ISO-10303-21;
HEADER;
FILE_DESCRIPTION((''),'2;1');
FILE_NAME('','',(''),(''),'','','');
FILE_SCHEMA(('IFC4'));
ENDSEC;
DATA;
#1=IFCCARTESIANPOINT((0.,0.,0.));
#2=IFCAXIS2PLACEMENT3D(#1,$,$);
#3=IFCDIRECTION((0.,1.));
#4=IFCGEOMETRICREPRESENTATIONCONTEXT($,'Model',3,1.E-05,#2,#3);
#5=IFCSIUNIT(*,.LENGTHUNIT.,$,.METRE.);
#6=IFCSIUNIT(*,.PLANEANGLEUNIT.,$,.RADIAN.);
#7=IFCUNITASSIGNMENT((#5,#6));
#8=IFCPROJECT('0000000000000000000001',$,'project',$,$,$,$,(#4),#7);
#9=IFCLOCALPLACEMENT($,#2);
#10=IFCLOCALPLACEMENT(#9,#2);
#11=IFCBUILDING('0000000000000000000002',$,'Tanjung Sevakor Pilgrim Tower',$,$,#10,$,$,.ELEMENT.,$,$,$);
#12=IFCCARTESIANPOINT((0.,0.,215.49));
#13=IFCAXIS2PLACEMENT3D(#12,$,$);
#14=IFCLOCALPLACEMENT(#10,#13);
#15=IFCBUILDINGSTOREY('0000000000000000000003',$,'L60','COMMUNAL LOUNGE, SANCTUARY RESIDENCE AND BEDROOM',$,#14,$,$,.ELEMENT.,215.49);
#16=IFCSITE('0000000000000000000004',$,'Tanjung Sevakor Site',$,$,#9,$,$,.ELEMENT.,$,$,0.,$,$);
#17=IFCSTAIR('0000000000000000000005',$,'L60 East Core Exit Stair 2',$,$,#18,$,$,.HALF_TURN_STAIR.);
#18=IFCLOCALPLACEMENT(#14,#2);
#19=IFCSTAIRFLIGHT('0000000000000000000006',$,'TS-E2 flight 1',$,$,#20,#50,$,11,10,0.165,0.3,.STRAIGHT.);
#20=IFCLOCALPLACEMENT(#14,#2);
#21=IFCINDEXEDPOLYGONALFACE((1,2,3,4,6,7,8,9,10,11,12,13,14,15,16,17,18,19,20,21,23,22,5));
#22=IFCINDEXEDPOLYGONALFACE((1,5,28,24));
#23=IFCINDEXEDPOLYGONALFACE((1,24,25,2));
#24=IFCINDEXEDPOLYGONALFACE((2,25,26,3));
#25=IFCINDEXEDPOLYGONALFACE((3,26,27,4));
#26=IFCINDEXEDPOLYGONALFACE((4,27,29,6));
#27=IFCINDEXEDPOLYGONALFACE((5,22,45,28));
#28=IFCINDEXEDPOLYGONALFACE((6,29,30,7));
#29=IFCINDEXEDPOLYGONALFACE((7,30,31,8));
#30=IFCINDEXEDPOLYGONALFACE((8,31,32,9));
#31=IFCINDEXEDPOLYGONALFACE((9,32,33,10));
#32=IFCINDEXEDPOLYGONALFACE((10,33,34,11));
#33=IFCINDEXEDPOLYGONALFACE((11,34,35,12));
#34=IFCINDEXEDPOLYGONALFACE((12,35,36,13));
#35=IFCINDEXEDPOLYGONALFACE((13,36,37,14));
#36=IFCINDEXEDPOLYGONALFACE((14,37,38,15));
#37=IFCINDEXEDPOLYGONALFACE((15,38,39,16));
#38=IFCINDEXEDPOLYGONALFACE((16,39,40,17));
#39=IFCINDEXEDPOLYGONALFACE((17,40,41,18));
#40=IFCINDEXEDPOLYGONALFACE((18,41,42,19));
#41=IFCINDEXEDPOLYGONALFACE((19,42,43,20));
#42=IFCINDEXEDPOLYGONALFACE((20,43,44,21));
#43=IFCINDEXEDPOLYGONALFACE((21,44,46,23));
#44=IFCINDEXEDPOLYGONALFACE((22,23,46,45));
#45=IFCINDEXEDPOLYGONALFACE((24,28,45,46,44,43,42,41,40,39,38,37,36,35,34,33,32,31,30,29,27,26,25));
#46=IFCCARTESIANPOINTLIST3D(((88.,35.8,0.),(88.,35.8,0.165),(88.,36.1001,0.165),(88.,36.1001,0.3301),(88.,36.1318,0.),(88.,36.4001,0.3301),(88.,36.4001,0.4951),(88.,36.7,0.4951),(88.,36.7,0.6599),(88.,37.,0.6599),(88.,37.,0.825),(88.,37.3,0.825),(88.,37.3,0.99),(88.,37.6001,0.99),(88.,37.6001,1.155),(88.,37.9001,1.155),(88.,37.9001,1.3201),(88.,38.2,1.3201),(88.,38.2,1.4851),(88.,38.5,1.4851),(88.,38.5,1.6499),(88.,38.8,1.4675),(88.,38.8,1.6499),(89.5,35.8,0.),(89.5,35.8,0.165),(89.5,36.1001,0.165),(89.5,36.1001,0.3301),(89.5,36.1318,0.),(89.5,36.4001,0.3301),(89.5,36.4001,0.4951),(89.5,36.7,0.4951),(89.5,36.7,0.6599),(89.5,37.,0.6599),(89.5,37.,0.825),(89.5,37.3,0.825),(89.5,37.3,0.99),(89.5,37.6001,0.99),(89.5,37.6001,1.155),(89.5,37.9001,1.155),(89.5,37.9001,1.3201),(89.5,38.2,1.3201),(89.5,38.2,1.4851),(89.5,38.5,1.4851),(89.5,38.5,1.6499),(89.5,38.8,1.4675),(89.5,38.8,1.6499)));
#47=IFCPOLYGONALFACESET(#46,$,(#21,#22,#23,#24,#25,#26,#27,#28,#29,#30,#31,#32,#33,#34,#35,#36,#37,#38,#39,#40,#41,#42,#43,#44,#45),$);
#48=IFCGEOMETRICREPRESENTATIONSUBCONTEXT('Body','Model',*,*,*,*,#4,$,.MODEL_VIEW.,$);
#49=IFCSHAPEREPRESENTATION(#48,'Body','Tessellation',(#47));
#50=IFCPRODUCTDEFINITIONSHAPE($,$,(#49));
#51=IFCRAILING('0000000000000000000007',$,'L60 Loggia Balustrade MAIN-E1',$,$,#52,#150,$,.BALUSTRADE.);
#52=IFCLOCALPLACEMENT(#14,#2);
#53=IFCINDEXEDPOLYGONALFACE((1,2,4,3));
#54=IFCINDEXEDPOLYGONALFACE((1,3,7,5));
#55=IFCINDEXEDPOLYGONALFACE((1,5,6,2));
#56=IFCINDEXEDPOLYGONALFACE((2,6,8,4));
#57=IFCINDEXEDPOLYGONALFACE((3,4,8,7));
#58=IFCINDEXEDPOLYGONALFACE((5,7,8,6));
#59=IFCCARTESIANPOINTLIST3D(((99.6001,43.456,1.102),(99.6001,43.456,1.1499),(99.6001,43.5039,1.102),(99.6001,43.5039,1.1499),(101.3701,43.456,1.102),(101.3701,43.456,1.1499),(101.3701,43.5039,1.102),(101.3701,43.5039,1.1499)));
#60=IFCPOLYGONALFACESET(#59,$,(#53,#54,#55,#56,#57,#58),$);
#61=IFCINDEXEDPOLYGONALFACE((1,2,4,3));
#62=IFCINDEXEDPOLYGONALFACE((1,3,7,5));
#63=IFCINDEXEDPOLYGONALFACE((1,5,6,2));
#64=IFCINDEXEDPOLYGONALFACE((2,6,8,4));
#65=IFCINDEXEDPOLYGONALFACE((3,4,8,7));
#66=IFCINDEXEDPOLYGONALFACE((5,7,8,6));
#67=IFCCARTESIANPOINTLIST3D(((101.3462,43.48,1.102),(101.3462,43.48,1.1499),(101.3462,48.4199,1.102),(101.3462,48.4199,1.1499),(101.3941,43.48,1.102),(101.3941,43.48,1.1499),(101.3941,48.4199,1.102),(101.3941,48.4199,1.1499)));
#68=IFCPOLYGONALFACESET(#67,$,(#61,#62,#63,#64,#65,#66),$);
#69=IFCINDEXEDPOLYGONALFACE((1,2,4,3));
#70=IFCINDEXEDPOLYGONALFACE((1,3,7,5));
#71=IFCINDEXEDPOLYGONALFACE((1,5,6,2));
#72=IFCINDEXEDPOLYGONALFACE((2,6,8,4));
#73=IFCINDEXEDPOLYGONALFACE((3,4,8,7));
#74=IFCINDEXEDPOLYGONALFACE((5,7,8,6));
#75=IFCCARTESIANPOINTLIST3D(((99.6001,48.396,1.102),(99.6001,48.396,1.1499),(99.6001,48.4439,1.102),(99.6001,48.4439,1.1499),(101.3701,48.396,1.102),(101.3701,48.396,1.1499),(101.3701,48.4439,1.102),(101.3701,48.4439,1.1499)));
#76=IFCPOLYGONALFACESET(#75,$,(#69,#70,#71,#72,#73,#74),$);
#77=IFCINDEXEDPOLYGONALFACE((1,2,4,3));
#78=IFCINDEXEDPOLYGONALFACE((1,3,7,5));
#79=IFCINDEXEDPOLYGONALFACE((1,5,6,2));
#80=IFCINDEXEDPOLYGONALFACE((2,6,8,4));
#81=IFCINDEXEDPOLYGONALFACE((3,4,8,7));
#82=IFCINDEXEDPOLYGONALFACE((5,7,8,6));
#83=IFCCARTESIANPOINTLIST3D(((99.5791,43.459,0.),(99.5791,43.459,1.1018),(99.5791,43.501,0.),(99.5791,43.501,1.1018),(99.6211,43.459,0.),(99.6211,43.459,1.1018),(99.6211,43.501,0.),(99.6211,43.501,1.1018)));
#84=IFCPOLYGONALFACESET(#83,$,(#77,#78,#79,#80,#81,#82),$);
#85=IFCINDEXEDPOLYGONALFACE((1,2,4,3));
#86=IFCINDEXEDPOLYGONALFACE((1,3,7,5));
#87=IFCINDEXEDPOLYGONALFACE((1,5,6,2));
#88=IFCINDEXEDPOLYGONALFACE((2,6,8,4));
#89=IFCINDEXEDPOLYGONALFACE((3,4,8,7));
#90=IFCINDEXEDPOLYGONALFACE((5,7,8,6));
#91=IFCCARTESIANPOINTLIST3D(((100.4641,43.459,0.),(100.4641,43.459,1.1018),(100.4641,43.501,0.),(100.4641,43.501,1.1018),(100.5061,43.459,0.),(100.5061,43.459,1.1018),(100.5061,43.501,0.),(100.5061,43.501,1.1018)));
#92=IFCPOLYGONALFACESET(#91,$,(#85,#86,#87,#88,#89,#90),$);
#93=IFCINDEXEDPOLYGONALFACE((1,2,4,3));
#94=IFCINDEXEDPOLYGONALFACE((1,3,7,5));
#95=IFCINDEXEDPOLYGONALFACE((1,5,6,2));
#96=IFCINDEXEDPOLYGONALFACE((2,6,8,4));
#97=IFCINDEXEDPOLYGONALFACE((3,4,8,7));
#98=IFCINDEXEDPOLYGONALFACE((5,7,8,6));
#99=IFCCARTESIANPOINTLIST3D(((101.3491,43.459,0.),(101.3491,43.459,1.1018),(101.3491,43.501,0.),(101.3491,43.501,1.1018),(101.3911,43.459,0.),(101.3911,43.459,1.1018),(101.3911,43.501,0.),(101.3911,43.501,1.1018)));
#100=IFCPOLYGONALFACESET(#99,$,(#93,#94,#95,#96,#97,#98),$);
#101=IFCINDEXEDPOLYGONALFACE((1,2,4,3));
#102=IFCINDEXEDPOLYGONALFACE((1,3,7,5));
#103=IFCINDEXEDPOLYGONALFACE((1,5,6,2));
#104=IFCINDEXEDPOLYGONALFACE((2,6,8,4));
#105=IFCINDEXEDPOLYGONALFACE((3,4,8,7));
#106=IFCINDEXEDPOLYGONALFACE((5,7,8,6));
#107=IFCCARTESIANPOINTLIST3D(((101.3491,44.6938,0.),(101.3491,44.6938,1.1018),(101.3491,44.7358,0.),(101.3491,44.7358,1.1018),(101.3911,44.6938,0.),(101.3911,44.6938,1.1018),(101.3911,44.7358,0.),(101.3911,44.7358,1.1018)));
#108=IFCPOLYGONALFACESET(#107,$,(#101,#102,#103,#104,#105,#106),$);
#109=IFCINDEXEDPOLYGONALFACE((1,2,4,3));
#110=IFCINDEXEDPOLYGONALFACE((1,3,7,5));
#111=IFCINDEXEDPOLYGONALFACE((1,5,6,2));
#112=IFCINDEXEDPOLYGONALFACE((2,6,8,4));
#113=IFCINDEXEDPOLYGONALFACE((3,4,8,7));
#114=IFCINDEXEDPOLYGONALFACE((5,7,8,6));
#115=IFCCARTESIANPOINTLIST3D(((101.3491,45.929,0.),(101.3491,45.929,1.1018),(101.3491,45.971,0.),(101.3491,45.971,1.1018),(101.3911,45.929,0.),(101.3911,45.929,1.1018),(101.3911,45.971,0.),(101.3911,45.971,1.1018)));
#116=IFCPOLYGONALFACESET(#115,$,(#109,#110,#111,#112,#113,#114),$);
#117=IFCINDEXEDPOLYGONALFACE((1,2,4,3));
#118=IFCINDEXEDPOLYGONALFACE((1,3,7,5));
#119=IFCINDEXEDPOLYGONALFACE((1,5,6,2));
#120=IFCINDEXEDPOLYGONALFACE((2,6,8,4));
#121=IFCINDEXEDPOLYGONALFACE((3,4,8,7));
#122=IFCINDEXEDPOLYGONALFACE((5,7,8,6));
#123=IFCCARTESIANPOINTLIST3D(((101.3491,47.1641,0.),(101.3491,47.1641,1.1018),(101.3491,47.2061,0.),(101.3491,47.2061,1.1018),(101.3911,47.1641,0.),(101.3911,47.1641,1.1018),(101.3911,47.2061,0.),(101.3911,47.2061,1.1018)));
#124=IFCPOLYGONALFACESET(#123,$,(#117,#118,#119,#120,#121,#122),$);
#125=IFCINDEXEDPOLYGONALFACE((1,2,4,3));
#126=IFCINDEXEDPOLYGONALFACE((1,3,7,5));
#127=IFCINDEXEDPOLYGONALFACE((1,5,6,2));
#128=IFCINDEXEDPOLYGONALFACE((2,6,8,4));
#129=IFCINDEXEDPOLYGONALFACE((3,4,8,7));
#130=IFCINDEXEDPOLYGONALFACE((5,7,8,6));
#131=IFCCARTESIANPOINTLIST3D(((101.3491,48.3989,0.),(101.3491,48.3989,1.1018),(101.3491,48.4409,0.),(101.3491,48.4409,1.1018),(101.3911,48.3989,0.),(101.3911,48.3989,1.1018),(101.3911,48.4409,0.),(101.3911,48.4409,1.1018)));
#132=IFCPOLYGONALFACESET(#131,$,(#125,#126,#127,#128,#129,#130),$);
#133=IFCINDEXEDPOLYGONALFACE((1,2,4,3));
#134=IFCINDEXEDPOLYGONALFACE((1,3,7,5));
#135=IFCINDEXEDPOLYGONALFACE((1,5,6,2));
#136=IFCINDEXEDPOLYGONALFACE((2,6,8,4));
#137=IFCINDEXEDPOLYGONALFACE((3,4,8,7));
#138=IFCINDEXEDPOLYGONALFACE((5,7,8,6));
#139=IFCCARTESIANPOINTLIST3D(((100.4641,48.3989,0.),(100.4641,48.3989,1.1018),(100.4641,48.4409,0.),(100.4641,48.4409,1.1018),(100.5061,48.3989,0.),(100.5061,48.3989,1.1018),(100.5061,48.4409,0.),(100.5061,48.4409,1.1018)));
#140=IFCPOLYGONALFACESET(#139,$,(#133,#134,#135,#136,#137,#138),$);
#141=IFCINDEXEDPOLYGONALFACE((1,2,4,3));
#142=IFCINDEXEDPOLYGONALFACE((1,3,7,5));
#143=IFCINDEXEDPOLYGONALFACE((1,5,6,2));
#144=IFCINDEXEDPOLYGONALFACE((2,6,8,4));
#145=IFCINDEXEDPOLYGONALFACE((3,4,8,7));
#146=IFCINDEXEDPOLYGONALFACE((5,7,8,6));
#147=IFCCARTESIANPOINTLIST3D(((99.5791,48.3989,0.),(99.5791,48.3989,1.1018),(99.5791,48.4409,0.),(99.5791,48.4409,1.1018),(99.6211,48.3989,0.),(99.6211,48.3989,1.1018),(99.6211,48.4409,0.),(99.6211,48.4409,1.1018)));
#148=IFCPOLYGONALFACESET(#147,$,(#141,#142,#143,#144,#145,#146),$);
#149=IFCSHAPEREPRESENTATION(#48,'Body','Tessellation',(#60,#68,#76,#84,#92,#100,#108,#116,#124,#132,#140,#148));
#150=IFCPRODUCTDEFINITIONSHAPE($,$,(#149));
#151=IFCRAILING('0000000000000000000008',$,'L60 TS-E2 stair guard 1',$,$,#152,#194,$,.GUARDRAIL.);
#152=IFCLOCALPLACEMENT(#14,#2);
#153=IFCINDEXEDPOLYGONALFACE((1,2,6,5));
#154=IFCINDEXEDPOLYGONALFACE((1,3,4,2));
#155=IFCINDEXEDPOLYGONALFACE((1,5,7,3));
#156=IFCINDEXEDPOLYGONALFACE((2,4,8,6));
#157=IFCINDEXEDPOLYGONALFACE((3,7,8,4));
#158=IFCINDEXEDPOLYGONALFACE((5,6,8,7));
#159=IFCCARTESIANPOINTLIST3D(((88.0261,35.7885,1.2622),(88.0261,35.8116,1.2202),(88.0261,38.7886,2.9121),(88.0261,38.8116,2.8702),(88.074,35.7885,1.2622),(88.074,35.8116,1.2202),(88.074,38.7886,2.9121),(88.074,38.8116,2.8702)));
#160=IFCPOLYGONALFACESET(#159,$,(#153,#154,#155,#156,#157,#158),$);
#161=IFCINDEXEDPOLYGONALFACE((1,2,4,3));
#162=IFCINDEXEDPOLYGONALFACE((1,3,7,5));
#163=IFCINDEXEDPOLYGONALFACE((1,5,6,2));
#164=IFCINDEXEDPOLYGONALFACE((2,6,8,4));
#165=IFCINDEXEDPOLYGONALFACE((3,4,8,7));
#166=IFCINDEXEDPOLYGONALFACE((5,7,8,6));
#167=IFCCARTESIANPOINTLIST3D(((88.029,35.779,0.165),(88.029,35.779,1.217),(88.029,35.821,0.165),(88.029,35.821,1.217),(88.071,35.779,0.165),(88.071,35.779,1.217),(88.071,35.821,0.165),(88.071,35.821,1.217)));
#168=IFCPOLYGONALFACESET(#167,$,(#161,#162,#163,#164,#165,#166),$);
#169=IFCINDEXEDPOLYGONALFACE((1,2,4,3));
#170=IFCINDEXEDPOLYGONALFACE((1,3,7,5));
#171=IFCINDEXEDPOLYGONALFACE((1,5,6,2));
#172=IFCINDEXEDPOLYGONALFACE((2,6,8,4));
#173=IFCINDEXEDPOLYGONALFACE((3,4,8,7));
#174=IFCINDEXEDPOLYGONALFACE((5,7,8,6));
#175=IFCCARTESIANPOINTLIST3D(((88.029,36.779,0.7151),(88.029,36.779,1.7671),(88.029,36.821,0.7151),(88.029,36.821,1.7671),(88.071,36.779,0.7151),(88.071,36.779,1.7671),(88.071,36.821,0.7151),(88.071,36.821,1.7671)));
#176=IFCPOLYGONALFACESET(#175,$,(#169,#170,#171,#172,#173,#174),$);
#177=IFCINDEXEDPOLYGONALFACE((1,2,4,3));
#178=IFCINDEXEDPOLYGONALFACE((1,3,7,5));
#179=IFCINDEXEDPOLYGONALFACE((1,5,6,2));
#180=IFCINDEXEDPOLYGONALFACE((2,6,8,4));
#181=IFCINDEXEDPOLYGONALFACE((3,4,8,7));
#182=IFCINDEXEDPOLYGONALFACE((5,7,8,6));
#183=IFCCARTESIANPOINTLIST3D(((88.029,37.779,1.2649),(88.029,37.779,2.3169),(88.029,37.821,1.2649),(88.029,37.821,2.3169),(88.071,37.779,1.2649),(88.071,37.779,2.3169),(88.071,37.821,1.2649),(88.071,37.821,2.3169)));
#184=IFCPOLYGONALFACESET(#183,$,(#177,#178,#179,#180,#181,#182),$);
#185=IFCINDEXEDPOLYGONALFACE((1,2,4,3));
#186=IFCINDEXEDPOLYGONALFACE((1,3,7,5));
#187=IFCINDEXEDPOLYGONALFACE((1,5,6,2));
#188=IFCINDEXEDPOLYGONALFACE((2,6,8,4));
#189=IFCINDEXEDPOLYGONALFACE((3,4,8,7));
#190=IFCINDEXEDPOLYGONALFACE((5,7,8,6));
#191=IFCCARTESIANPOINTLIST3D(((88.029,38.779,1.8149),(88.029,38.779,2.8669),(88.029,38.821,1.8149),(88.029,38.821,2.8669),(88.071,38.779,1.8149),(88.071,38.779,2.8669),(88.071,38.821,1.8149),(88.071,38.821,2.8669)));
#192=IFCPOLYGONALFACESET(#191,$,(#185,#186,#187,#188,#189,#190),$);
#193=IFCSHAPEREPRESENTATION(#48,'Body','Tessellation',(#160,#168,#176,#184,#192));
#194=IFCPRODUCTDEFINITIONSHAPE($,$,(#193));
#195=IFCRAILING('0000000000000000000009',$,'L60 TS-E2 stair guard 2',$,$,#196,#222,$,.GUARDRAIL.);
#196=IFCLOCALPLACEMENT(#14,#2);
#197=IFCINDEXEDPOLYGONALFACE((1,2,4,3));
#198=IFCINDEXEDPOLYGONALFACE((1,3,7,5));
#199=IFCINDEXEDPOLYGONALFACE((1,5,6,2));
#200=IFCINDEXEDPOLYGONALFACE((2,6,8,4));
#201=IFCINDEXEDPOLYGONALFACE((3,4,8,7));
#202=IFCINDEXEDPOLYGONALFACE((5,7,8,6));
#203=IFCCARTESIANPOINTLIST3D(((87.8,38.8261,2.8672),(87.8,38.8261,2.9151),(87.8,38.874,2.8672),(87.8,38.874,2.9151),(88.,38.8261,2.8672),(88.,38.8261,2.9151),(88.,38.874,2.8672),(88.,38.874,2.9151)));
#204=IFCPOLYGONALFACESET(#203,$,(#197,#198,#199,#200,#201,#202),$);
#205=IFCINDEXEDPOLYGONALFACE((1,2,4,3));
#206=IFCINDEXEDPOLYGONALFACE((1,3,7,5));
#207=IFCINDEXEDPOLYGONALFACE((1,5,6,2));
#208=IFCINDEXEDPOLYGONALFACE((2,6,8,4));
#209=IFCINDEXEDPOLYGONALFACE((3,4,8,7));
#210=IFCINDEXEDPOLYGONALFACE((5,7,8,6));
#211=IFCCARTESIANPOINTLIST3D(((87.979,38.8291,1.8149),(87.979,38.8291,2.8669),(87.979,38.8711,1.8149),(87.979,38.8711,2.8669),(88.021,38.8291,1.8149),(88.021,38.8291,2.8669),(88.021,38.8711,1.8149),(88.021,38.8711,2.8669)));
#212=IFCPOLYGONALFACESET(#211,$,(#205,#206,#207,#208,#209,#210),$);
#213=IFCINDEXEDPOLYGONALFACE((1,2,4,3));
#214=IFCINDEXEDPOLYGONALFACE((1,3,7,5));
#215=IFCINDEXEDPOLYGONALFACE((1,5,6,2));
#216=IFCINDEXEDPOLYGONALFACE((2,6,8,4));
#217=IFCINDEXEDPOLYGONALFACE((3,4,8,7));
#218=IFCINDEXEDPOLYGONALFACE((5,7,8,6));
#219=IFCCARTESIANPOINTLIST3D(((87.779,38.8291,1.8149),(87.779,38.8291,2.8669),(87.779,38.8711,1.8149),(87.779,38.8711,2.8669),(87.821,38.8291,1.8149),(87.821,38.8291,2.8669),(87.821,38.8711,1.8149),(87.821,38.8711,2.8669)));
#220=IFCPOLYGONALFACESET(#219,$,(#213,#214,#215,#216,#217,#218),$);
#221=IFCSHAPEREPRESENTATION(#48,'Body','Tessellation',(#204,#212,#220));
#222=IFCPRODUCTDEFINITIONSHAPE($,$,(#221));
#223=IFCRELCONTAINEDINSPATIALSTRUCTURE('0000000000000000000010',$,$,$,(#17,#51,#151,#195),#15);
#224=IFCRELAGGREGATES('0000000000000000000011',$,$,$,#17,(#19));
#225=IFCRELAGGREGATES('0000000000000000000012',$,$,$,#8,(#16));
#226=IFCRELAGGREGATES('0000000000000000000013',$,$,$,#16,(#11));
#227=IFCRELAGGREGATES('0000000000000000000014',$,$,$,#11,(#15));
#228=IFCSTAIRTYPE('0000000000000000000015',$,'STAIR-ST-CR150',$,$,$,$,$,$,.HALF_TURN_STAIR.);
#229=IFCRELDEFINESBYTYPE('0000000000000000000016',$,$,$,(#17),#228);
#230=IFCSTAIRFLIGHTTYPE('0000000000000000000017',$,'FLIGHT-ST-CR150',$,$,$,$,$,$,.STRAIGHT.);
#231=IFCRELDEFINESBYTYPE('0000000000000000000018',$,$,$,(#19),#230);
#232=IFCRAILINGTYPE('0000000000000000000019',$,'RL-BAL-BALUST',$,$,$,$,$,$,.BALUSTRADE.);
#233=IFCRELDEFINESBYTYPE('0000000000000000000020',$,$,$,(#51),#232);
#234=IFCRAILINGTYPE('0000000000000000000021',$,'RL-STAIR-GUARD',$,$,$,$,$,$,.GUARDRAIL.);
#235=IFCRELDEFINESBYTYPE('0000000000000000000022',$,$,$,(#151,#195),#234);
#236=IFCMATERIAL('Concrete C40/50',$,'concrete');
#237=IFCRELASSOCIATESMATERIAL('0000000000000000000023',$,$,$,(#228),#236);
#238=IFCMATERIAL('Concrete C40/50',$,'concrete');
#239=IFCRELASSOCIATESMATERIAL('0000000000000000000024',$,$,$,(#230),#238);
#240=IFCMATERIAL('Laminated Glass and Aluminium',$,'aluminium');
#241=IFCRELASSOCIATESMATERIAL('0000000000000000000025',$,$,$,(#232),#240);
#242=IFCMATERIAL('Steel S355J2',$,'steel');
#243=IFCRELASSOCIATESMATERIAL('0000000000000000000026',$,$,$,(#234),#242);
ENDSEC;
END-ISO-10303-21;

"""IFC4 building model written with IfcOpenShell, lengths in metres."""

from ifc_helpers import new_model, si_unit, direction, frame, origin, place, context, subcontext, project, spatial, polyline, rectangle, outline, extrude, material, type_object, element, aggregate, save


model = new_model("IFC4")

# Units and contexts
model_context = context("Model", 3, precision=1e-05, world=origin(), true_north=direction((0.0, 1.0)))
body_context = subcontext(model_context, "Body", "Model", "MODEL_VIEW")
ifc_project = project(units=[si_unit("LENGTHUNIT", "METRE"), si_unit("PLANEANGLEUNIT", "RADIAN")], contexts=[model_context])

# Site, building, storey
site_placement = place(None, origin())
site = spatial("IfcSite", under=ifc_project, at=site_placement, Name="Tanjung Sevakor Site", CompositionType="ELEMENT", RefElevation=0.0)
building_placement = place(site_placement, origin())
building = spatial("IfcBuilding", under=site, at=building_placement, Name="Tanjung Sevakor Pilgrim Tower", CompositionType="ELEMENT")
storey_placement = place(building_placement, frame((0.0, 0.0, 215.49)))
storey = spatial("IfcBuildingStorey", under=building, at=storey_placement, Name="L60", Description="COMMUNAL LOUNGE, SANCTUARY RESIDENCE AND BEDROOM", CompositionType="ELEMENT", Elevation=215.49)

# Stair, stair flight
ifc_material_1 = material(Name="Concrete C40/50", Category="concrete")
stair_type = type_object("IfcStairType", Name="STAIR-ST-CR150", PredefinedType="HALF_TURN_STAIR", material=ifc_material_1)
stair_placement = place(storey_placement, origin())
stair = element("IfcStair", 1, at=stair_placement, inside=storey, type_object=stair_type, Name="L60 East Core Exit Stair 2", PredefinedType="HALF_TURN_STAIR")
ifc_material_2 = material(Name="Concrete C40/50", Category="concrete")
stair_flight_type = type_object("IfcStairFlightType", Name="FLIGHT-ST-CR150", PredefinedType="STRAIGHT", material=ifc_material_2)
stair_flight_placement = place(storey_placement, frame((88.75, 35.8, 0.0), z_axis=(0.0, 0.0, 1.0), x_axis=(0.0, 1.0, 0.0)))
stair_flight = element("IfcStairFlight", 2, at=stair_flight_placement, type_object=stair_flight_type, Name="TS-E2 flight 1", NumberOfRisers=11, NumberOfTreads=10, PredefinedType="STRAIGHT", RiserHeight=0.165, TreadLength=0.3, context=body_context, shape_type="SweptSolid", body=[
    extrude(outline(polyline([(0.0, 0.0), (0.0, 0.165), (0.3, 0.165), (0.3, 0.3301), (0.6001, 0.3301), (0.6001, 0.4951), (0.8999, 0.4951), (0.8999, 0.6599), (1.2, 0.6599), (1.2, 0.825), (1.5, 0.825), (1.5, 0.99), (1.8, 0.99), (1.8, 1.155), (2.1001, 1.155), (2.1001, 1.3201), (2.3999, 1.3201), (2.3999, 1.4851), (2.7, 1.4851), (2.7, 1.6499), (3.0, 1.6499), (3.0, 1.8149), (3.0, 1.4675), (0.3318, 0.0), (0.0, 0.0)])), frame((0.0, 0.75, 0.0), z_axis=(0.0, -1.0, 0.0), x_axis=(1.0, 0.0, 0.0)), (0.0, 0.0, 1.0), 1.5),
])
aggregate(stair, [stair_flight])

# Railings
ifc_material_3 = material(Name="Laminated Glass and Aluminium", Category="aluminium")
railing_type_1 = type_object("IfcRailingType", Name="RL-BAL-BALUST", PredefinedType="BALUSTRADE", material=ifc_material_3)
railing_1_placement = place(storey_placement, frame((99.6001, 43.48, 0.0)))
element("IfcRailing", 3, at=railing_1_placement, inside=storey, type_object=railing_type_1, Name="L60 Loggia Balustrade MAIN-E1", PredefinedType="BALUSTRADE", context=body_context, shape_type="SweptSolid", body=[
    extrude(rectangle(XDim=0.0479, YDim=0.0479), frame((0.0, 0.0, 1.126), z_axis=(1.0, 0.0, 0.0), x_axis=(0.0, 1.0, 0.0)), (0.0, 0.0, 1.0), 1.77),
    extrude(rectangle(XDim=0.0479, YDim=0.0479), frame((1.77, 0.0, 1.126), z_axis=(0.0, 1.0, 0.0), x_axis=(-1.0, 0.0, 0.0)), (0.0, 0.0, 1.0), 4.9399),
    extrude(rectangle(XDim=0.0479, YDim=0.0479), frame((1.77, 4.9399, 1.126), z_axis=(-1.0, 0.0, 0.0), x_axis=(0.0, -1.0, 0.0)), (0.0, 0.0, 1.0), 1.77),
    extrude(rectangle(XDim=0.042, YDim=0.042), origin(), (0.0, 0.0, 1.0), 1.1018),
    extrude(rectangle(XDim=0.042, YDim=0.042), frame((0.885, 0.0, 0.0)), (0.0, 0.0, 1.0), 1.1018),
    extrude(rectangle(XDim=0.042, YDim=0.042), frame((1.77, 0.0, 0.0)), (0.0, 0.0, 1.0), 1.1018),
    extrude(rectangle(XDim=0.042, YDim=0.042), frame((1.77, 1.2349, 0.0)), (0.0, 0.0, 1.0), 1.1018),
    extrude(rectangle(XDim=0.042, YDim=0.042), frame((1.77, 2.47, 0.0)), (0.0, 0.0, 1.0), 1.1018),
    extrude(rectangle(XDim=0.042, YDim=0.042), frame((1.77, 3.7051, 0.0)), (0.0, 0.0, 1.0), 1.1018),
    extrude(rectangle(XDim=0.042, YDim=0.042), frame((1.77, 4.9399, 0.0)), (0.0, 0.0, 1.0), 1.1018),
    extrude(rectangle(XDim=0.042, YDim=0.042), frame((0.885, 4.9399, 0.0)), (0.0, 0.0, 1.0), 1.1018),
    extrude(rectangle(XDim=0.042, YDim=0.042), frame((0.0, 4.9399, 0.0)), (0.0, 0.0, 1.0), 1.1018),
])
ifc_material_4 = material(Name="Steel S355J2", Category="steel")
railing_type_2 = type_object("IfcRailingType", Name="RL-STAIR-GUARD", PredefinedType="GUARDRAIL", material=ifc_material_4)
railing_2_placement = place(storey_placement, frame((88.05, 35.8, 0.165)))
element("IfcRailing", 4, at=railing_2_placement, inside=storey, type_object=railing_type_2, Name="L60 TS-E2 stair guard 1", PredefinedType="GUARDRAIL", context=body_context, shape_type="SweptSolid", body=[
    extrude(rectangle(XDim=0.0479, YDim=0.0479), frame((0.0, 0.0, 1.0762), z_axis=(0.0, 0.876228, 0.481897), x_axis=(-1.0, 0.0, 0.0)), (0.0, 0.0, 1.0), 3.4238),
    extrude(rectangle(XDim=0.042, YDim=0.042), origin(), (0.0, 0.0, 1.0), 1.052),
    extrude(rectangle(XDim=0.042, YDim=0.042), frame((0.0, 1.0, 0.55)), (0.0, 0.0, 1.0), 1.052),
    extrude(rectangle(XDim=0.042, YDim=0.042), frame((0.0, 2.0, 1.0999)), (0.0, 0.0, 1.0), 1.052),
    extrude(rectangle(XDim=0.042, YDim=0.042), frame((0.0, 3.0, 1.6499)), (0.0, 0.0, 1.0), 1.052),
])
for number, where, name in (
    (5, (88.0, 38.8501, 1.8149), "L60 TS-E2 stair guard 2"),
):
    element("IfcRailing", number, at=place(storey_placement, frame(where)), inside=storey, type_object=railing_type_2, Name=name, PredefinedType="GUARDRAIL", context=body_context, shape_type="SweptSolid", body=[
        extrude(rectangle(XDim=0.0479, YDim=0.0479), frame((0.0, 0.0, 1.0762), z_axis=(-1.0, 0.0, 0.0), x_axis=(0.0, -1.0, 0.0)), (0.0, 0.0, 1.0), 0.2),
        extrude(rectangle(XDim=0.042, YDim=0.042), origin(), (0.0, 0.0, 1.0), 1.052),
        extrude(rectangle(XDim=0.042, YDim=0.042), frame((-0.2, 0.0, 0.0)), (0.0, 0.0, 1.0), 1.052),
    ])

save(model, "model.ifc")
